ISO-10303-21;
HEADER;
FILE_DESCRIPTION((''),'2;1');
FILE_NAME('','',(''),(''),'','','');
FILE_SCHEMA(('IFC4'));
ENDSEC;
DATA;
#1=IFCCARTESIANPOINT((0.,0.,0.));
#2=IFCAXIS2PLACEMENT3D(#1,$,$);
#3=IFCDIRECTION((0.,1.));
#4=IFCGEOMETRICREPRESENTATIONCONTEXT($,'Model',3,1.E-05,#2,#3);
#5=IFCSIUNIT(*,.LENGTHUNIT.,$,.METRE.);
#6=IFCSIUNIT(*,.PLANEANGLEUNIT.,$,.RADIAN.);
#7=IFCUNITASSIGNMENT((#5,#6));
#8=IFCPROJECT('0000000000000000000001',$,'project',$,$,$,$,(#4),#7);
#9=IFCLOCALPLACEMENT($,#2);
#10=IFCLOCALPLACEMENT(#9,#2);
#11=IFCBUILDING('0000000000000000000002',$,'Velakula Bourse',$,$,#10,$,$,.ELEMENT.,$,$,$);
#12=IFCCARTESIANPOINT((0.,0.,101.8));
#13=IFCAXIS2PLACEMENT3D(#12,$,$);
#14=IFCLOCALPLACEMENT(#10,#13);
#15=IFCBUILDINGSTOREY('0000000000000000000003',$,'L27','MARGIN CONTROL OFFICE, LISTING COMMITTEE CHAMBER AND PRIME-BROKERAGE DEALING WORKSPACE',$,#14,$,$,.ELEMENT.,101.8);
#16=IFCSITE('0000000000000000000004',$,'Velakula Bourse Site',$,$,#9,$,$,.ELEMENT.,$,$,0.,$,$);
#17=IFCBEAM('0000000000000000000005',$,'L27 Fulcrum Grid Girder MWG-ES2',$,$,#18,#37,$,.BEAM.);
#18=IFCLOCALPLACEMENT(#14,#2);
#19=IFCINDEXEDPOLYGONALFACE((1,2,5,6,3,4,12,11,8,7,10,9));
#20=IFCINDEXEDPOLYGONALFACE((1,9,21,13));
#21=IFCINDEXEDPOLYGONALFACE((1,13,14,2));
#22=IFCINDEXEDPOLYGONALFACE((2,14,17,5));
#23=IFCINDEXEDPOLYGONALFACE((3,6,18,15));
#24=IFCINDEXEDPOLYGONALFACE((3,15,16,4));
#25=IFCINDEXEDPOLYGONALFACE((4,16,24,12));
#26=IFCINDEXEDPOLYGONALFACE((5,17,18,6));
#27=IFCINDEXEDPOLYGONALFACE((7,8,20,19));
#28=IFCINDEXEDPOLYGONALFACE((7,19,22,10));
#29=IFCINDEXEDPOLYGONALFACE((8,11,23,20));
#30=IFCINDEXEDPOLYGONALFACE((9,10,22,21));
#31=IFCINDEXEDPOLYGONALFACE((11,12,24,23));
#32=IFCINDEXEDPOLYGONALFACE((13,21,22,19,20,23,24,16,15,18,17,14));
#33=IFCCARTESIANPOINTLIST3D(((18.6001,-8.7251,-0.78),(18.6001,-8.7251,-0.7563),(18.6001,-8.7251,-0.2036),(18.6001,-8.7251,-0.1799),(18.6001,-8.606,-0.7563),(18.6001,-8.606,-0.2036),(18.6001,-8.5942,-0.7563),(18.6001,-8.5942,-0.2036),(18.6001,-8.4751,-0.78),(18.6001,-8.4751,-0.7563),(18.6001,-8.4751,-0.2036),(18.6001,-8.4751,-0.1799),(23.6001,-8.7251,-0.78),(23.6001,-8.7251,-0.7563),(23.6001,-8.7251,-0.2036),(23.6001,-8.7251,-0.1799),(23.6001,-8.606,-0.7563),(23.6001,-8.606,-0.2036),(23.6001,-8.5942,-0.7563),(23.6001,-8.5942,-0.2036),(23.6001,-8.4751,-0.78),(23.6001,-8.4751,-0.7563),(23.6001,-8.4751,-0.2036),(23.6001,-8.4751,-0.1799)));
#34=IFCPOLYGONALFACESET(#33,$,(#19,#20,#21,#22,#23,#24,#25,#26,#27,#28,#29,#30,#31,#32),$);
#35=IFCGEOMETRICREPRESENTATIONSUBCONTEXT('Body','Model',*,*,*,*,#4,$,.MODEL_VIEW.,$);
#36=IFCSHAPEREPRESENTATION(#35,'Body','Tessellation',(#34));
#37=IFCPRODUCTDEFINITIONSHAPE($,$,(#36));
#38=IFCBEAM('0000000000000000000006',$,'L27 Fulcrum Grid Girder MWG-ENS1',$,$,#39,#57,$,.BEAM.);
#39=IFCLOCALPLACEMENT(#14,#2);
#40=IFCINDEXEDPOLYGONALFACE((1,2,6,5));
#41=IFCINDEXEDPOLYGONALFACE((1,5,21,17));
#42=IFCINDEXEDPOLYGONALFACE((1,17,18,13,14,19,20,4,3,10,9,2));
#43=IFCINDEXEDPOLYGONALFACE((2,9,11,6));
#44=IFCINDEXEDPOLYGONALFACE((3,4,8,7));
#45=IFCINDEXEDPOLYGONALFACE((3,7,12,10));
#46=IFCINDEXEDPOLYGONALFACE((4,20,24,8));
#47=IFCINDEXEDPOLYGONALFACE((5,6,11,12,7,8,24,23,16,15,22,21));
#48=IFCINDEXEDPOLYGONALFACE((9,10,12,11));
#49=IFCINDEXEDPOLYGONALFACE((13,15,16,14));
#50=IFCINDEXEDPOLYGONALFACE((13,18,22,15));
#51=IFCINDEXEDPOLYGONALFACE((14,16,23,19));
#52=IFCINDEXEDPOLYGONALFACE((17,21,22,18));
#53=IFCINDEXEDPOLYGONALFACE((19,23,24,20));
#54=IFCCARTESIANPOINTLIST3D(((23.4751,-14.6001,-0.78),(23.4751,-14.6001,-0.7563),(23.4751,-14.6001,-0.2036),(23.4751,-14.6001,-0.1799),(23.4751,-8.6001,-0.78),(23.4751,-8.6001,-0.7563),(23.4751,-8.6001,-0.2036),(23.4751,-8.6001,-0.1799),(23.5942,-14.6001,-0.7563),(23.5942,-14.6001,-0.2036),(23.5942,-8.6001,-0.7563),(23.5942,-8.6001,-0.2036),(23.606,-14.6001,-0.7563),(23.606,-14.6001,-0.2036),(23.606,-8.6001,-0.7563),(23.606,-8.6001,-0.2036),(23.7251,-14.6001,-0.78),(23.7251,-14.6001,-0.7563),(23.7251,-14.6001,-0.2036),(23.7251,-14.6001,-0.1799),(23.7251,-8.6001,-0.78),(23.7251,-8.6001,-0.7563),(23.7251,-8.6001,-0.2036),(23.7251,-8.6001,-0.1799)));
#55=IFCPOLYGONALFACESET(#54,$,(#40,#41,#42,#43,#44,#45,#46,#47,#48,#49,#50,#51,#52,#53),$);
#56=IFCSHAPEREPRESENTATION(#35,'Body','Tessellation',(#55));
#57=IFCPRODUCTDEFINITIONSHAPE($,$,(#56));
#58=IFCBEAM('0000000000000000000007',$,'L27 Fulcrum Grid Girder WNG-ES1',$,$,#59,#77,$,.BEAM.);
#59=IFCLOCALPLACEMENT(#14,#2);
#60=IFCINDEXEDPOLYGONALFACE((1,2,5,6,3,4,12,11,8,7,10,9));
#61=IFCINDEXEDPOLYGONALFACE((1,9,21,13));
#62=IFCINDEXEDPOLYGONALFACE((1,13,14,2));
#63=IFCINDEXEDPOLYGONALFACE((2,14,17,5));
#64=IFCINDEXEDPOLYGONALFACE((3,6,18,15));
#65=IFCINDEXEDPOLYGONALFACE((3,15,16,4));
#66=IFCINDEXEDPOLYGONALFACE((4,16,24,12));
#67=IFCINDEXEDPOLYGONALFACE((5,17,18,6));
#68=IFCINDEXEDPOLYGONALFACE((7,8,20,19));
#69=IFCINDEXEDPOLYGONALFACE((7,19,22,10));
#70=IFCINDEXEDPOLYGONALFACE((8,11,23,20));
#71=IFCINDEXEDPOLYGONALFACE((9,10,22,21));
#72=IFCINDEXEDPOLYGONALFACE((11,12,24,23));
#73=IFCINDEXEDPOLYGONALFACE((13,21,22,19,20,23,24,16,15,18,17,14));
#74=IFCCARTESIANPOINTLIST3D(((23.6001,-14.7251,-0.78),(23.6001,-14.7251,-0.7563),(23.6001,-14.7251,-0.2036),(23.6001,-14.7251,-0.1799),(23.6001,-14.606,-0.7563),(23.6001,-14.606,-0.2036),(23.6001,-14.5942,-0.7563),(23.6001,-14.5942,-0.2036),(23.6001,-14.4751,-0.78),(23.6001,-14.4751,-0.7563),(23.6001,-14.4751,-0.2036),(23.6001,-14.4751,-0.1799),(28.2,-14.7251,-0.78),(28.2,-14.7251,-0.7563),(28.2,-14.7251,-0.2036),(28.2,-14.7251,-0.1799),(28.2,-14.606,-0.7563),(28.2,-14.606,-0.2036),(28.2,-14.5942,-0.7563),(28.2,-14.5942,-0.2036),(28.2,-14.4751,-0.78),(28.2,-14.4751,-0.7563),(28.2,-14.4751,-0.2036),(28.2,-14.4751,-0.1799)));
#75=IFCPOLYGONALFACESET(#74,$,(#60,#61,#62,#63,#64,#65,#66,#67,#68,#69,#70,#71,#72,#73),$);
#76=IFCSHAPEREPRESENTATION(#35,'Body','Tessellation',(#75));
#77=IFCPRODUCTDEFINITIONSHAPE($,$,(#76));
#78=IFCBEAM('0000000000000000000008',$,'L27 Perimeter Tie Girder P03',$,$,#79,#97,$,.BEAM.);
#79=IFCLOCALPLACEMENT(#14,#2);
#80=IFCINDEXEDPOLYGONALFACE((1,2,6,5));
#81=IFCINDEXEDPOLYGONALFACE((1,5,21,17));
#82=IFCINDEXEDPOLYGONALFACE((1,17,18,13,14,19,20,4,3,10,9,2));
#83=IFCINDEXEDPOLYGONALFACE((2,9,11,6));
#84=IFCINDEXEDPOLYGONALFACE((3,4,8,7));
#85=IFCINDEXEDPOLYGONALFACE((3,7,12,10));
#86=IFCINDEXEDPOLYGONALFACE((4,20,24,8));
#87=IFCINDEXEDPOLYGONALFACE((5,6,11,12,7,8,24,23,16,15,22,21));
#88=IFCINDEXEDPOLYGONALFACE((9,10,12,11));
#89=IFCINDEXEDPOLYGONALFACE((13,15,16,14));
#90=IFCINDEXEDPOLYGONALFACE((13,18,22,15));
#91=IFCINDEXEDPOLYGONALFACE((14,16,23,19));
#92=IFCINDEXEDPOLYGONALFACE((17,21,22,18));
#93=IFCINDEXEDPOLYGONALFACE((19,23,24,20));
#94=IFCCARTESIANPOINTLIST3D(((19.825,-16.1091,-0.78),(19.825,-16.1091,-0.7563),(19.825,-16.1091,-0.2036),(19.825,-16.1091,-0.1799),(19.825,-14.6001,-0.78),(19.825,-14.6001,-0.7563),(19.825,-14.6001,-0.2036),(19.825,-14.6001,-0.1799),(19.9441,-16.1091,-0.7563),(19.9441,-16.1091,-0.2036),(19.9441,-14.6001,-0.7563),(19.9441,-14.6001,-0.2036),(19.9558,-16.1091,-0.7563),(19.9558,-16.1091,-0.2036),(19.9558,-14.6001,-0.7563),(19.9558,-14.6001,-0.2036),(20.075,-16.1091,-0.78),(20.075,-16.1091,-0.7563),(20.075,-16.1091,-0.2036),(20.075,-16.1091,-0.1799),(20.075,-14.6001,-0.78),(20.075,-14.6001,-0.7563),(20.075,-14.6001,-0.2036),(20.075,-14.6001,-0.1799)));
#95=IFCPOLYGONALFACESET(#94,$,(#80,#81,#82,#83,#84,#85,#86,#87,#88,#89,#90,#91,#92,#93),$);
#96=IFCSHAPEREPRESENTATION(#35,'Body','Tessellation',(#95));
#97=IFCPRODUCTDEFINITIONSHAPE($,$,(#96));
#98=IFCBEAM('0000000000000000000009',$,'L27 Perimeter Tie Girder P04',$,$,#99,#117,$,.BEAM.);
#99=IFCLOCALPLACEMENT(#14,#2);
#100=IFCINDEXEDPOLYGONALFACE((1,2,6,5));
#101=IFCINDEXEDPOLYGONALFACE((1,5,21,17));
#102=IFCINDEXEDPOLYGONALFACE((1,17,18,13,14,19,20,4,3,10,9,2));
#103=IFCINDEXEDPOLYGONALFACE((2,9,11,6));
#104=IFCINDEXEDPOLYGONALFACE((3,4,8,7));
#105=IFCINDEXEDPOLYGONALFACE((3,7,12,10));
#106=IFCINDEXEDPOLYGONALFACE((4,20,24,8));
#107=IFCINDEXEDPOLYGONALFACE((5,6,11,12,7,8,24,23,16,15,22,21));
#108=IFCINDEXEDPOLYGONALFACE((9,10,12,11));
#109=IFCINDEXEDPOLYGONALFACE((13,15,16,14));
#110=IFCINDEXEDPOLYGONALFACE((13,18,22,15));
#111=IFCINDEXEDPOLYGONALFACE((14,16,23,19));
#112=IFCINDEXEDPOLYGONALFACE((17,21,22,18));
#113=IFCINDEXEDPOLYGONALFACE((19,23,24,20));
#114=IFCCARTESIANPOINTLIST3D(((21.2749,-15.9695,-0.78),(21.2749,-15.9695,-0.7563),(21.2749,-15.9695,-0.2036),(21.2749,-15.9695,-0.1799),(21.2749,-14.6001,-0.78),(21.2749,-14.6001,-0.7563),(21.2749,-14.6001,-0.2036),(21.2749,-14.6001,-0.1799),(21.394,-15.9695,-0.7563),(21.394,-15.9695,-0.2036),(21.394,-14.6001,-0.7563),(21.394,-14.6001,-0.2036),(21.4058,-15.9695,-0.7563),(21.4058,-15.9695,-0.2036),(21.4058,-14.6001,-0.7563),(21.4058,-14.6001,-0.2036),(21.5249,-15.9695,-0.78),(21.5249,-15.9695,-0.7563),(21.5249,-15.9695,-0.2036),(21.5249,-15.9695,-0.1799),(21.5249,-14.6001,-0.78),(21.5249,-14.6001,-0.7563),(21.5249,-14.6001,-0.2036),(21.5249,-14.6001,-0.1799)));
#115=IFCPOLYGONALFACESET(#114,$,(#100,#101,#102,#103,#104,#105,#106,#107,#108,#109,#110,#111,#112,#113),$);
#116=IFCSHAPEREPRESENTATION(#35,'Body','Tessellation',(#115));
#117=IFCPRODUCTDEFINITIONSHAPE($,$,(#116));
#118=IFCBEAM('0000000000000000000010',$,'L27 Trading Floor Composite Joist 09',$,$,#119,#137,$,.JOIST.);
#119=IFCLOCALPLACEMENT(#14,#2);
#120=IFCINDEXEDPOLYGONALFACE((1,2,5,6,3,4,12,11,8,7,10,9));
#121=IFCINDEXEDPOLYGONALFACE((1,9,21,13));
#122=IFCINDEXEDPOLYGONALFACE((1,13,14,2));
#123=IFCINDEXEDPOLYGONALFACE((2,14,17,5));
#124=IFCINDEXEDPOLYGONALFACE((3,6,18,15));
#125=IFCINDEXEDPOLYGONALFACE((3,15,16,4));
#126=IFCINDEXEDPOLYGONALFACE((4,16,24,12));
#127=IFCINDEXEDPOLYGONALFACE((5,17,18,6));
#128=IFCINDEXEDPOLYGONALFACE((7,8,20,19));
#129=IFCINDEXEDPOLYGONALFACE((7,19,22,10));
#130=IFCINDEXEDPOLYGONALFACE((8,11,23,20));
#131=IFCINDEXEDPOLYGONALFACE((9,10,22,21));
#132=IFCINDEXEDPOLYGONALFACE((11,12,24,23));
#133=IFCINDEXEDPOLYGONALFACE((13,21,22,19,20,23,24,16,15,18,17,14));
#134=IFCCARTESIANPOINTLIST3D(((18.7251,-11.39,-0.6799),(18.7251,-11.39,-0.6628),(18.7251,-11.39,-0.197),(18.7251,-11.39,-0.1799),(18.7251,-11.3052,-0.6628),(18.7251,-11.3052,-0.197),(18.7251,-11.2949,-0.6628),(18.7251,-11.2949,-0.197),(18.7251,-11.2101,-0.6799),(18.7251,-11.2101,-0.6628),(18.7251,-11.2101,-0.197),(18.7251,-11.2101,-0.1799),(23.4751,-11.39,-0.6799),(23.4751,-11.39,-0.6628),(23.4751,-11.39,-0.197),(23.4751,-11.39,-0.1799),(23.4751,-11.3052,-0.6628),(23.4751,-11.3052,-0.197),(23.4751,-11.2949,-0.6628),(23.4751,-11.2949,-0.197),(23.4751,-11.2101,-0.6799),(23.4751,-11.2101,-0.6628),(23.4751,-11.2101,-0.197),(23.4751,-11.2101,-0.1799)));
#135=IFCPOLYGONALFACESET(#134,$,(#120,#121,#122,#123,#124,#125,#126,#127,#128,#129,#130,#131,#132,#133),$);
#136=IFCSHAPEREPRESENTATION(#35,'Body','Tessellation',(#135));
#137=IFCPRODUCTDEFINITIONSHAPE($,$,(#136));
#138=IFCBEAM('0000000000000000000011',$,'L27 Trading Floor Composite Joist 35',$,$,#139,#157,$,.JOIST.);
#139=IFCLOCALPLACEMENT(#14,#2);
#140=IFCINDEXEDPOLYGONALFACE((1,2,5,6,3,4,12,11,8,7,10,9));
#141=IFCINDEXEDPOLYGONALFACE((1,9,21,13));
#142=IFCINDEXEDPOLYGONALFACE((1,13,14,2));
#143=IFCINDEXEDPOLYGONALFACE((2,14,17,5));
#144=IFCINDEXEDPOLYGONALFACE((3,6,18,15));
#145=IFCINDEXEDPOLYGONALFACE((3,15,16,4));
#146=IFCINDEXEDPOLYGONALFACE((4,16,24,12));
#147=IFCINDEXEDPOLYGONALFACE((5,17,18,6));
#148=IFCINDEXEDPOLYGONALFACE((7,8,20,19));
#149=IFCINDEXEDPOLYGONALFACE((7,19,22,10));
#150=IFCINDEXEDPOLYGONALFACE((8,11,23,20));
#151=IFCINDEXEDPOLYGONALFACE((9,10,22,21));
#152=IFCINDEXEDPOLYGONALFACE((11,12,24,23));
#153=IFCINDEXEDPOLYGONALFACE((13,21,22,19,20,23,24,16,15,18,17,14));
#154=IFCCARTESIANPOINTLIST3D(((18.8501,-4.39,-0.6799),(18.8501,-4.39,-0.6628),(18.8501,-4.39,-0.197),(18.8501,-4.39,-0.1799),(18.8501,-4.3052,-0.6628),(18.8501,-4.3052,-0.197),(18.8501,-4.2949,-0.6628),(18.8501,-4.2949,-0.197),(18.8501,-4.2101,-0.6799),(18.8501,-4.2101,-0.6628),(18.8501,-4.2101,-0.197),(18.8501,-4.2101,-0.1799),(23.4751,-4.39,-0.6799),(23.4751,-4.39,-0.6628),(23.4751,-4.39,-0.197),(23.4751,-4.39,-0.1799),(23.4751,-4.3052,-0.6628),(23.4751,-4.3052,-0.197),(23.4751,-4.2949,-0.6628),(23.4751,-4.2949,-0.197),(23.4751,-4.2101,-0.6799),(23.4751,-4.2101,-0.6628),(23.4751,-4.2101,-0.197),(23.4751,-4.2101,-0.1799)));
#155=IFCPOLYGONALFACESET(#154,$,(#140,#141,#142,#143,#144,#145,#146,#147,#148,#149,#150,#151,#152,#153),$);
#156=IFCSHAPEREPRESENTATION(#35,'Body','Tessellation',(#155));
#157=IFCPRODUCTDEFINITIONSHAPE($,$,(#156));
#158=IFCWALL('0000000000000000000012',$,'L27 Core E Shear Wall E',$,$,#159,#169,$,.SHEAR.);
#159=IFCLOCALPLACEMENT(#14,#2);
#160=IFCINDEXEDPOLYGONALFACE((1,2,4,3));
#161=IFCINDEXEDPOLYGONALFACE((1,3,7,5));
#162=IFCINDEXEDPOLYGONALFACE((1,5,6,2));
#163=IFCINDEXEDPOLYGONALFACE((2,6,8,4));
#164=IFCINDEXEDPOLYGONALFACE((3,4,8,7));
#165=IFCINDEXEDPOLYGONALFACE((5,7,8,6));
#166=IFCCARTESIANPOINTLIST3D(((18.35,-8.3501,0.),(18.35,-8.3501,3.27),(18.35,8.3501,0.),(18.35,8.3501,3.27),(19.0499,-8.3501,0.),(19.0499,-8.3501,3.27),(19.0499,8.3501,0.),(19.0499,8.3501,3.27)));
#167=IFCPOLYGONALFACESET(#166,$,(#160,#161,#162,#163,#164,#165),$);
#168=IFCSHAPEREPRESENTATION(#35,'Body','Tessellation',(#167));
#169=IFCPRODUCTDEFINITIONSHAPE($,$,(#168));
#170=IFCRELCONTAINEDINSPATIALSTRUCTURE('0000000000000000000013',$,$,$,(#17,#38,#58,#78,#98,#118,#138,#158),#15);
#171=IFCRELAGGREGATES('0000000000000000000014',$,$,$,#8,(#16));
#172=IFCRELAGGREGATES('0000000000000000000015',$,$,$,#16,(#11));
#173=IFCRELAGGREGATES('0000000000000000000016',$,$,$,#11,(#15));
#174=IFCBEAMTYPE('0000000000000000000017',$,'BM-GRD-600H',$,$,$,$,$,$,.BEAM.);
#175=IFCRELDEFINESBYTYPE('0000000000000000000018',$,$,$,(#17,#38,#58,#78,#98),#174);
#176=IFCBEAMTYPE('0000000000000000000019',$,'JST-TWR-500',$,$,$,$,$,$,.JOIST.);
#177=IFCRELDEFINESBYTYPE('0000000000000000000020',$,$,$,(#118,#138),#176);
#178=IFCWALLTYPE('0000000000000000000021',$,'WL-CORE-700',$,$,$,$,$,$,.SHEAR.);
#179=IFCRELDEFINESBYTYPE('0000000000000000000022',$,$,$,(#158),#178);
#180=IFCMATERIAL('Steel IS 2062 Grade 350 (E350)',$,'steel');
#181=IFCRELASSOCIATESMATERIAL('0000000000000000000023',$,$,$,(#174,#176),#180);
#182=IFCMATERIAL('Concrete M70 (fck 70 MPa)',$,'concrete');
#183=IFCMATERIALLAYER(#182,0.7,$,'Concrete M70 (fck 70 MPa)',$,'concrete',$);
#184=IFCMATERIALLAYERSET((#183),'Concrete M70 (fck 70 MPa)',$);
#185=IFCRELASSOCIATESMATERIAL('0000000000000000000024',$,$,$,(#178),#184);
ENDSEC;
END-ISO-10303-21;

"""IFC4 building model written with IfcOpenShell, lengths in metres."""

from ifc_helpers import new_model, si_unit, direction, frame, frame_2d, origin, origin_2d, place, context, subcontext, project, spatial, rectangle, i_section, extrude, material, layer, layer_set, material_profile, profile_set, type_object, element, save


model = new_model("IFC4")

# Units and contexts
model_context = context("Model", 3, precision=1e-05, world=origin(), true_north=direction((0.0, 1.0)))
body_context = subcontext(model_context, "Body", "Model", "MODEL_VIEW")
ifc_project = project(units=[si_unit("LENGTHUNIT", "METRE"), si_unit("PLANEANGLEUNIT", "RADIAN")], contexts=[model_context])

# Site, building, storey
site_placement = place(None, origin())
site = spatial("IfcSite", under=ifc_project, at=site_placement, Name="Velakula Bourse Site", CompositionType="ELEMENT", RefElevation=0.0)
building_placement = place(site_placement, origin())
building = spatial("IfcBuilding", under=site, at=building_placement, Name="Velakula Bourse", CompositionType="ELEMENT")
storey_placement = place(building_placement, frame((0.0, 0.0, 101.8)))
storey = spatial("IfcBuildingStorey", under=building, at=storey_placement, Name="L27", Description="MARGIN CONTROL OFFICE, LISTING COMMITTEE CHAMBER AND PRIME-BROKERAGE DEALING WORKSPACE", CompositionType="ELEMENT", Elevation=101.8)

# Shared definitions
ifc_material_1 = material(Name="Concrete M70 (fck 70 MPa)", Category="concrete")

# Beams
ifc_material_2 = material(Name="Steel IS 2062 Grade 350 (E350)", Category="steel")
ifc_material_profile_1 = material_profile(ifc_material_2, i_section(OverallWidth=0.25, OverallDepth=0.6001, WebThickness=0.0117, FlangeThickness=0.0237, at=origin_2d()), Name="Steel IS 2062 Grade 350 (E350)")
ifc_profile_set_1 = profile_set([ifc_material_profile_1], Name="Steel IS 2062 Grade 350 (E350)")
beam_type_1 = type_object("IfcBeamType", Name="BM-GRD-600H", PredefinedType="BEAM", material=ifc_profile_set_1)
beam_1_placement = place(storey_placement, frame((18.6001, -8.6001, -0.48), z_axis=(1.0, 0.0, 0.0), x_axis=(0.0, 1.0, 0.0)))
element("IfcBeam", 1, at=beam_1_placement, inside=storey, type_object=beam_type_1, Name="L27 Fulcrum Grid Girder MWG-ES2", PredefinedType="BEAM", context=body_context, shape_type="SweptSolid", body=[
    extrude(i_section(OverallWidth=0.25, OverallDepth=0.6001, WebThickness=0.0117, FlangeThickness=0.0237, at=origin_2d()), origin(), (0.0, 0.0, 1.0), 5.0),
])
beam_2_placement = place(storey_placement, frame((23.6001, -14.6001, -0.48), z_axis=(0.0, 1.0, 0.0), x_axis=(-1.0, 0.0, 0.0)))
element("IfcBeam", 2, at=beam_2_placement, inside=storey, type_object=beam_type_1, Name="L27 Fulcrum Grid Girder MWG-ENS1", PredefinedType="BEAM", context=body_context, shape_type="SweptSolid", body=[
    extrude(i_section(OverallWidth=0.25, OverallDepth=0.6001, WebThickness=0.0117, FlangeThickness=0.0237, at=origin_2d()), origin(), (0.0, 0.0, 1.0), 6.0),
])
beam_3_placement = place(storey_placement, frame((23.6001, -14.6001, -0.48), z_axis=(1.0, 0.0, 0.0), x_axis=(0.0, 1.0, 0.0)))
element("IfcBeam", 3, at=beam_3_placement, inside=storey, type_object=beam_type_1, Name="L27 Fulcrum Grid Girder WNG-ES1", PredefinedType="BEAM", context=body_context, shape_type="SweptSolid", body=[
    extrude(i_section(OverallWidth=0.25, OverallDepth=0.6001, WebThickness=0.0117, FlangeThickness=0.0237, at=origin_2d()), origin(), (0.0, 0.0, 1.0), 4.5999),
])
beam_4_placement = place(storey_placement, frame((19.95, -14.6001, -0.48), z_axis=(0.0, -1.0, 0.0), x_axis=(1.0, 0.0, 0.0)))
element("IfcBeam", 4, at=beam_4_placement, inside=storey, type_object=beam_type_1, Name="L27 Perimeter Tie Girder P03", PredefinedType="BEAM", context=body_context, shape_type="SweptSolid", body=[
    extrude(i_section(OverallWidth=0.25, OverallDepth=0.6001, WebThickness=0.0117, FlangeThickness=0.0237, at=origin_2d()), origin(), (0.0, 0.0, 1.0), 1.509),
])
beam_5_placement = place(storey_placement, frame((21.3999, -14.6001, -0.48), z_axis=(0.0, -1.0, 0.0), x_axis=(1.0, 0.0, 0.0)))
element("IfcBeam", 5, at=beam_5_placement, inside=storey, type_object=beam_type_1, Name="L27 Perimeter Tie Girder P04", PredefinedType="BEAM", context=body_context, shape_type="SweptSolid", body=[
    extrude(i_section(OverallWidth=0.25, OverallDepth=0.6001, WebThickness=0.0117, FlangeThickness=0.0237, at=origin_2d()), origin(), (0.0, 0.0, 1.0), 1.3694),
])
ifc_material_profile_2 = material_profile(ifc_material_2, i_section(OverallWidth=0.1799, OverallDepth=0.5, WebThickness=0.0103, FlangeThickness=0.0171, at=origin_2d()), Name="Steel IS 2062 Grade 350 (E350)")
ifc_profile_set_2 = profile_set([ifc_material_profile_2], Name="Steel IS 2062 Grade 350 (E350)")
beam_type_2 = type_object("IfcBeamType", Name="JST-TWR-500", PredefinedType="JOIST", material=ifc_profile_set_2)
beam_6_placement = place(storey_placement, frame((18.7251, -11.3, -0.4299), z_axis=(1.0, 0.0, 0.0), x_axis=(0.0, 1.0, 0.0)))
element("IfcBeam", 6, at=beam_6_placement, inside=storey, type_object=beam_type_2, Name="L27 Trading Floor Composite Joist 09", PredefinedType="JOIST", context=body_context, shape_type="SweptSolid", body=[
    extrude(i_section(OverallWidth=0.1799, OverallDepth=0.5, WebThickness=0.0103, FlangeThickness=0.0171, at=origin_2d()), origin(), (0.0, 0.0, 1.0), 4.75),
])
beam_7_placement = place(storey_placement, frame((18.8501, -4.3, -0.4299), z_axis=(1.0, 0.0, 0.0), x_axis=(0.0, 1.0, 0.0)))
element("IfcBeam", 7, at=beam_7_placement, inside=storey, type_object=beam_type_2, Name="L27 Trading Floor Composite Joist 35", PredefinedType="JOIST", context=body_context, shape_type="SweptSolid", body=[
    extrude(i_section(OverallWidth=0.1799, OverallDepth=0.5, WebThickness=0.0103, FlangeThickness=0.0171, at=origin_2d()), origin(), (0.0, 0.0, 1.0), 4.625),
])

# Wall
ifc_layer_1 = layer(ifc_material_1, 0.7, Name="Concrete M70 (fck 70 MPa)", Category="concrete")
ifc_layer_set_1 = layer_set([ifc_layer_1], Name="Concrete M70 (fck 70 MPa)")
wall_type_1 = type_object("IfcWallType", Name="WL-CORE-700", PredefinedType="SHEAR", material=ifc_layer_set_1)
wall_1_placement = place(storey_placement, frame((18.7, -8.3501, 0.0), z_axis=(0.0, 0.0, 1.0), x_axis=(0.0, 1.0, 0.0)))
element("IfcWall", 8, at=wall_1_placement, inside=storey, type_object=wall_type_1, Name="L27 Core E Shear Wall E", PredefinedType="SHEAR", context=body_context, shape_type="SweptSolid", body=[
    extrude(rectangle(XDim=16.7002, YDim=0.7, at=frame_2d((8.3501, 0.0))), origin(), (0.0, 0.0, 1.0), 3.27),
])

save(model, "model.ifc")
